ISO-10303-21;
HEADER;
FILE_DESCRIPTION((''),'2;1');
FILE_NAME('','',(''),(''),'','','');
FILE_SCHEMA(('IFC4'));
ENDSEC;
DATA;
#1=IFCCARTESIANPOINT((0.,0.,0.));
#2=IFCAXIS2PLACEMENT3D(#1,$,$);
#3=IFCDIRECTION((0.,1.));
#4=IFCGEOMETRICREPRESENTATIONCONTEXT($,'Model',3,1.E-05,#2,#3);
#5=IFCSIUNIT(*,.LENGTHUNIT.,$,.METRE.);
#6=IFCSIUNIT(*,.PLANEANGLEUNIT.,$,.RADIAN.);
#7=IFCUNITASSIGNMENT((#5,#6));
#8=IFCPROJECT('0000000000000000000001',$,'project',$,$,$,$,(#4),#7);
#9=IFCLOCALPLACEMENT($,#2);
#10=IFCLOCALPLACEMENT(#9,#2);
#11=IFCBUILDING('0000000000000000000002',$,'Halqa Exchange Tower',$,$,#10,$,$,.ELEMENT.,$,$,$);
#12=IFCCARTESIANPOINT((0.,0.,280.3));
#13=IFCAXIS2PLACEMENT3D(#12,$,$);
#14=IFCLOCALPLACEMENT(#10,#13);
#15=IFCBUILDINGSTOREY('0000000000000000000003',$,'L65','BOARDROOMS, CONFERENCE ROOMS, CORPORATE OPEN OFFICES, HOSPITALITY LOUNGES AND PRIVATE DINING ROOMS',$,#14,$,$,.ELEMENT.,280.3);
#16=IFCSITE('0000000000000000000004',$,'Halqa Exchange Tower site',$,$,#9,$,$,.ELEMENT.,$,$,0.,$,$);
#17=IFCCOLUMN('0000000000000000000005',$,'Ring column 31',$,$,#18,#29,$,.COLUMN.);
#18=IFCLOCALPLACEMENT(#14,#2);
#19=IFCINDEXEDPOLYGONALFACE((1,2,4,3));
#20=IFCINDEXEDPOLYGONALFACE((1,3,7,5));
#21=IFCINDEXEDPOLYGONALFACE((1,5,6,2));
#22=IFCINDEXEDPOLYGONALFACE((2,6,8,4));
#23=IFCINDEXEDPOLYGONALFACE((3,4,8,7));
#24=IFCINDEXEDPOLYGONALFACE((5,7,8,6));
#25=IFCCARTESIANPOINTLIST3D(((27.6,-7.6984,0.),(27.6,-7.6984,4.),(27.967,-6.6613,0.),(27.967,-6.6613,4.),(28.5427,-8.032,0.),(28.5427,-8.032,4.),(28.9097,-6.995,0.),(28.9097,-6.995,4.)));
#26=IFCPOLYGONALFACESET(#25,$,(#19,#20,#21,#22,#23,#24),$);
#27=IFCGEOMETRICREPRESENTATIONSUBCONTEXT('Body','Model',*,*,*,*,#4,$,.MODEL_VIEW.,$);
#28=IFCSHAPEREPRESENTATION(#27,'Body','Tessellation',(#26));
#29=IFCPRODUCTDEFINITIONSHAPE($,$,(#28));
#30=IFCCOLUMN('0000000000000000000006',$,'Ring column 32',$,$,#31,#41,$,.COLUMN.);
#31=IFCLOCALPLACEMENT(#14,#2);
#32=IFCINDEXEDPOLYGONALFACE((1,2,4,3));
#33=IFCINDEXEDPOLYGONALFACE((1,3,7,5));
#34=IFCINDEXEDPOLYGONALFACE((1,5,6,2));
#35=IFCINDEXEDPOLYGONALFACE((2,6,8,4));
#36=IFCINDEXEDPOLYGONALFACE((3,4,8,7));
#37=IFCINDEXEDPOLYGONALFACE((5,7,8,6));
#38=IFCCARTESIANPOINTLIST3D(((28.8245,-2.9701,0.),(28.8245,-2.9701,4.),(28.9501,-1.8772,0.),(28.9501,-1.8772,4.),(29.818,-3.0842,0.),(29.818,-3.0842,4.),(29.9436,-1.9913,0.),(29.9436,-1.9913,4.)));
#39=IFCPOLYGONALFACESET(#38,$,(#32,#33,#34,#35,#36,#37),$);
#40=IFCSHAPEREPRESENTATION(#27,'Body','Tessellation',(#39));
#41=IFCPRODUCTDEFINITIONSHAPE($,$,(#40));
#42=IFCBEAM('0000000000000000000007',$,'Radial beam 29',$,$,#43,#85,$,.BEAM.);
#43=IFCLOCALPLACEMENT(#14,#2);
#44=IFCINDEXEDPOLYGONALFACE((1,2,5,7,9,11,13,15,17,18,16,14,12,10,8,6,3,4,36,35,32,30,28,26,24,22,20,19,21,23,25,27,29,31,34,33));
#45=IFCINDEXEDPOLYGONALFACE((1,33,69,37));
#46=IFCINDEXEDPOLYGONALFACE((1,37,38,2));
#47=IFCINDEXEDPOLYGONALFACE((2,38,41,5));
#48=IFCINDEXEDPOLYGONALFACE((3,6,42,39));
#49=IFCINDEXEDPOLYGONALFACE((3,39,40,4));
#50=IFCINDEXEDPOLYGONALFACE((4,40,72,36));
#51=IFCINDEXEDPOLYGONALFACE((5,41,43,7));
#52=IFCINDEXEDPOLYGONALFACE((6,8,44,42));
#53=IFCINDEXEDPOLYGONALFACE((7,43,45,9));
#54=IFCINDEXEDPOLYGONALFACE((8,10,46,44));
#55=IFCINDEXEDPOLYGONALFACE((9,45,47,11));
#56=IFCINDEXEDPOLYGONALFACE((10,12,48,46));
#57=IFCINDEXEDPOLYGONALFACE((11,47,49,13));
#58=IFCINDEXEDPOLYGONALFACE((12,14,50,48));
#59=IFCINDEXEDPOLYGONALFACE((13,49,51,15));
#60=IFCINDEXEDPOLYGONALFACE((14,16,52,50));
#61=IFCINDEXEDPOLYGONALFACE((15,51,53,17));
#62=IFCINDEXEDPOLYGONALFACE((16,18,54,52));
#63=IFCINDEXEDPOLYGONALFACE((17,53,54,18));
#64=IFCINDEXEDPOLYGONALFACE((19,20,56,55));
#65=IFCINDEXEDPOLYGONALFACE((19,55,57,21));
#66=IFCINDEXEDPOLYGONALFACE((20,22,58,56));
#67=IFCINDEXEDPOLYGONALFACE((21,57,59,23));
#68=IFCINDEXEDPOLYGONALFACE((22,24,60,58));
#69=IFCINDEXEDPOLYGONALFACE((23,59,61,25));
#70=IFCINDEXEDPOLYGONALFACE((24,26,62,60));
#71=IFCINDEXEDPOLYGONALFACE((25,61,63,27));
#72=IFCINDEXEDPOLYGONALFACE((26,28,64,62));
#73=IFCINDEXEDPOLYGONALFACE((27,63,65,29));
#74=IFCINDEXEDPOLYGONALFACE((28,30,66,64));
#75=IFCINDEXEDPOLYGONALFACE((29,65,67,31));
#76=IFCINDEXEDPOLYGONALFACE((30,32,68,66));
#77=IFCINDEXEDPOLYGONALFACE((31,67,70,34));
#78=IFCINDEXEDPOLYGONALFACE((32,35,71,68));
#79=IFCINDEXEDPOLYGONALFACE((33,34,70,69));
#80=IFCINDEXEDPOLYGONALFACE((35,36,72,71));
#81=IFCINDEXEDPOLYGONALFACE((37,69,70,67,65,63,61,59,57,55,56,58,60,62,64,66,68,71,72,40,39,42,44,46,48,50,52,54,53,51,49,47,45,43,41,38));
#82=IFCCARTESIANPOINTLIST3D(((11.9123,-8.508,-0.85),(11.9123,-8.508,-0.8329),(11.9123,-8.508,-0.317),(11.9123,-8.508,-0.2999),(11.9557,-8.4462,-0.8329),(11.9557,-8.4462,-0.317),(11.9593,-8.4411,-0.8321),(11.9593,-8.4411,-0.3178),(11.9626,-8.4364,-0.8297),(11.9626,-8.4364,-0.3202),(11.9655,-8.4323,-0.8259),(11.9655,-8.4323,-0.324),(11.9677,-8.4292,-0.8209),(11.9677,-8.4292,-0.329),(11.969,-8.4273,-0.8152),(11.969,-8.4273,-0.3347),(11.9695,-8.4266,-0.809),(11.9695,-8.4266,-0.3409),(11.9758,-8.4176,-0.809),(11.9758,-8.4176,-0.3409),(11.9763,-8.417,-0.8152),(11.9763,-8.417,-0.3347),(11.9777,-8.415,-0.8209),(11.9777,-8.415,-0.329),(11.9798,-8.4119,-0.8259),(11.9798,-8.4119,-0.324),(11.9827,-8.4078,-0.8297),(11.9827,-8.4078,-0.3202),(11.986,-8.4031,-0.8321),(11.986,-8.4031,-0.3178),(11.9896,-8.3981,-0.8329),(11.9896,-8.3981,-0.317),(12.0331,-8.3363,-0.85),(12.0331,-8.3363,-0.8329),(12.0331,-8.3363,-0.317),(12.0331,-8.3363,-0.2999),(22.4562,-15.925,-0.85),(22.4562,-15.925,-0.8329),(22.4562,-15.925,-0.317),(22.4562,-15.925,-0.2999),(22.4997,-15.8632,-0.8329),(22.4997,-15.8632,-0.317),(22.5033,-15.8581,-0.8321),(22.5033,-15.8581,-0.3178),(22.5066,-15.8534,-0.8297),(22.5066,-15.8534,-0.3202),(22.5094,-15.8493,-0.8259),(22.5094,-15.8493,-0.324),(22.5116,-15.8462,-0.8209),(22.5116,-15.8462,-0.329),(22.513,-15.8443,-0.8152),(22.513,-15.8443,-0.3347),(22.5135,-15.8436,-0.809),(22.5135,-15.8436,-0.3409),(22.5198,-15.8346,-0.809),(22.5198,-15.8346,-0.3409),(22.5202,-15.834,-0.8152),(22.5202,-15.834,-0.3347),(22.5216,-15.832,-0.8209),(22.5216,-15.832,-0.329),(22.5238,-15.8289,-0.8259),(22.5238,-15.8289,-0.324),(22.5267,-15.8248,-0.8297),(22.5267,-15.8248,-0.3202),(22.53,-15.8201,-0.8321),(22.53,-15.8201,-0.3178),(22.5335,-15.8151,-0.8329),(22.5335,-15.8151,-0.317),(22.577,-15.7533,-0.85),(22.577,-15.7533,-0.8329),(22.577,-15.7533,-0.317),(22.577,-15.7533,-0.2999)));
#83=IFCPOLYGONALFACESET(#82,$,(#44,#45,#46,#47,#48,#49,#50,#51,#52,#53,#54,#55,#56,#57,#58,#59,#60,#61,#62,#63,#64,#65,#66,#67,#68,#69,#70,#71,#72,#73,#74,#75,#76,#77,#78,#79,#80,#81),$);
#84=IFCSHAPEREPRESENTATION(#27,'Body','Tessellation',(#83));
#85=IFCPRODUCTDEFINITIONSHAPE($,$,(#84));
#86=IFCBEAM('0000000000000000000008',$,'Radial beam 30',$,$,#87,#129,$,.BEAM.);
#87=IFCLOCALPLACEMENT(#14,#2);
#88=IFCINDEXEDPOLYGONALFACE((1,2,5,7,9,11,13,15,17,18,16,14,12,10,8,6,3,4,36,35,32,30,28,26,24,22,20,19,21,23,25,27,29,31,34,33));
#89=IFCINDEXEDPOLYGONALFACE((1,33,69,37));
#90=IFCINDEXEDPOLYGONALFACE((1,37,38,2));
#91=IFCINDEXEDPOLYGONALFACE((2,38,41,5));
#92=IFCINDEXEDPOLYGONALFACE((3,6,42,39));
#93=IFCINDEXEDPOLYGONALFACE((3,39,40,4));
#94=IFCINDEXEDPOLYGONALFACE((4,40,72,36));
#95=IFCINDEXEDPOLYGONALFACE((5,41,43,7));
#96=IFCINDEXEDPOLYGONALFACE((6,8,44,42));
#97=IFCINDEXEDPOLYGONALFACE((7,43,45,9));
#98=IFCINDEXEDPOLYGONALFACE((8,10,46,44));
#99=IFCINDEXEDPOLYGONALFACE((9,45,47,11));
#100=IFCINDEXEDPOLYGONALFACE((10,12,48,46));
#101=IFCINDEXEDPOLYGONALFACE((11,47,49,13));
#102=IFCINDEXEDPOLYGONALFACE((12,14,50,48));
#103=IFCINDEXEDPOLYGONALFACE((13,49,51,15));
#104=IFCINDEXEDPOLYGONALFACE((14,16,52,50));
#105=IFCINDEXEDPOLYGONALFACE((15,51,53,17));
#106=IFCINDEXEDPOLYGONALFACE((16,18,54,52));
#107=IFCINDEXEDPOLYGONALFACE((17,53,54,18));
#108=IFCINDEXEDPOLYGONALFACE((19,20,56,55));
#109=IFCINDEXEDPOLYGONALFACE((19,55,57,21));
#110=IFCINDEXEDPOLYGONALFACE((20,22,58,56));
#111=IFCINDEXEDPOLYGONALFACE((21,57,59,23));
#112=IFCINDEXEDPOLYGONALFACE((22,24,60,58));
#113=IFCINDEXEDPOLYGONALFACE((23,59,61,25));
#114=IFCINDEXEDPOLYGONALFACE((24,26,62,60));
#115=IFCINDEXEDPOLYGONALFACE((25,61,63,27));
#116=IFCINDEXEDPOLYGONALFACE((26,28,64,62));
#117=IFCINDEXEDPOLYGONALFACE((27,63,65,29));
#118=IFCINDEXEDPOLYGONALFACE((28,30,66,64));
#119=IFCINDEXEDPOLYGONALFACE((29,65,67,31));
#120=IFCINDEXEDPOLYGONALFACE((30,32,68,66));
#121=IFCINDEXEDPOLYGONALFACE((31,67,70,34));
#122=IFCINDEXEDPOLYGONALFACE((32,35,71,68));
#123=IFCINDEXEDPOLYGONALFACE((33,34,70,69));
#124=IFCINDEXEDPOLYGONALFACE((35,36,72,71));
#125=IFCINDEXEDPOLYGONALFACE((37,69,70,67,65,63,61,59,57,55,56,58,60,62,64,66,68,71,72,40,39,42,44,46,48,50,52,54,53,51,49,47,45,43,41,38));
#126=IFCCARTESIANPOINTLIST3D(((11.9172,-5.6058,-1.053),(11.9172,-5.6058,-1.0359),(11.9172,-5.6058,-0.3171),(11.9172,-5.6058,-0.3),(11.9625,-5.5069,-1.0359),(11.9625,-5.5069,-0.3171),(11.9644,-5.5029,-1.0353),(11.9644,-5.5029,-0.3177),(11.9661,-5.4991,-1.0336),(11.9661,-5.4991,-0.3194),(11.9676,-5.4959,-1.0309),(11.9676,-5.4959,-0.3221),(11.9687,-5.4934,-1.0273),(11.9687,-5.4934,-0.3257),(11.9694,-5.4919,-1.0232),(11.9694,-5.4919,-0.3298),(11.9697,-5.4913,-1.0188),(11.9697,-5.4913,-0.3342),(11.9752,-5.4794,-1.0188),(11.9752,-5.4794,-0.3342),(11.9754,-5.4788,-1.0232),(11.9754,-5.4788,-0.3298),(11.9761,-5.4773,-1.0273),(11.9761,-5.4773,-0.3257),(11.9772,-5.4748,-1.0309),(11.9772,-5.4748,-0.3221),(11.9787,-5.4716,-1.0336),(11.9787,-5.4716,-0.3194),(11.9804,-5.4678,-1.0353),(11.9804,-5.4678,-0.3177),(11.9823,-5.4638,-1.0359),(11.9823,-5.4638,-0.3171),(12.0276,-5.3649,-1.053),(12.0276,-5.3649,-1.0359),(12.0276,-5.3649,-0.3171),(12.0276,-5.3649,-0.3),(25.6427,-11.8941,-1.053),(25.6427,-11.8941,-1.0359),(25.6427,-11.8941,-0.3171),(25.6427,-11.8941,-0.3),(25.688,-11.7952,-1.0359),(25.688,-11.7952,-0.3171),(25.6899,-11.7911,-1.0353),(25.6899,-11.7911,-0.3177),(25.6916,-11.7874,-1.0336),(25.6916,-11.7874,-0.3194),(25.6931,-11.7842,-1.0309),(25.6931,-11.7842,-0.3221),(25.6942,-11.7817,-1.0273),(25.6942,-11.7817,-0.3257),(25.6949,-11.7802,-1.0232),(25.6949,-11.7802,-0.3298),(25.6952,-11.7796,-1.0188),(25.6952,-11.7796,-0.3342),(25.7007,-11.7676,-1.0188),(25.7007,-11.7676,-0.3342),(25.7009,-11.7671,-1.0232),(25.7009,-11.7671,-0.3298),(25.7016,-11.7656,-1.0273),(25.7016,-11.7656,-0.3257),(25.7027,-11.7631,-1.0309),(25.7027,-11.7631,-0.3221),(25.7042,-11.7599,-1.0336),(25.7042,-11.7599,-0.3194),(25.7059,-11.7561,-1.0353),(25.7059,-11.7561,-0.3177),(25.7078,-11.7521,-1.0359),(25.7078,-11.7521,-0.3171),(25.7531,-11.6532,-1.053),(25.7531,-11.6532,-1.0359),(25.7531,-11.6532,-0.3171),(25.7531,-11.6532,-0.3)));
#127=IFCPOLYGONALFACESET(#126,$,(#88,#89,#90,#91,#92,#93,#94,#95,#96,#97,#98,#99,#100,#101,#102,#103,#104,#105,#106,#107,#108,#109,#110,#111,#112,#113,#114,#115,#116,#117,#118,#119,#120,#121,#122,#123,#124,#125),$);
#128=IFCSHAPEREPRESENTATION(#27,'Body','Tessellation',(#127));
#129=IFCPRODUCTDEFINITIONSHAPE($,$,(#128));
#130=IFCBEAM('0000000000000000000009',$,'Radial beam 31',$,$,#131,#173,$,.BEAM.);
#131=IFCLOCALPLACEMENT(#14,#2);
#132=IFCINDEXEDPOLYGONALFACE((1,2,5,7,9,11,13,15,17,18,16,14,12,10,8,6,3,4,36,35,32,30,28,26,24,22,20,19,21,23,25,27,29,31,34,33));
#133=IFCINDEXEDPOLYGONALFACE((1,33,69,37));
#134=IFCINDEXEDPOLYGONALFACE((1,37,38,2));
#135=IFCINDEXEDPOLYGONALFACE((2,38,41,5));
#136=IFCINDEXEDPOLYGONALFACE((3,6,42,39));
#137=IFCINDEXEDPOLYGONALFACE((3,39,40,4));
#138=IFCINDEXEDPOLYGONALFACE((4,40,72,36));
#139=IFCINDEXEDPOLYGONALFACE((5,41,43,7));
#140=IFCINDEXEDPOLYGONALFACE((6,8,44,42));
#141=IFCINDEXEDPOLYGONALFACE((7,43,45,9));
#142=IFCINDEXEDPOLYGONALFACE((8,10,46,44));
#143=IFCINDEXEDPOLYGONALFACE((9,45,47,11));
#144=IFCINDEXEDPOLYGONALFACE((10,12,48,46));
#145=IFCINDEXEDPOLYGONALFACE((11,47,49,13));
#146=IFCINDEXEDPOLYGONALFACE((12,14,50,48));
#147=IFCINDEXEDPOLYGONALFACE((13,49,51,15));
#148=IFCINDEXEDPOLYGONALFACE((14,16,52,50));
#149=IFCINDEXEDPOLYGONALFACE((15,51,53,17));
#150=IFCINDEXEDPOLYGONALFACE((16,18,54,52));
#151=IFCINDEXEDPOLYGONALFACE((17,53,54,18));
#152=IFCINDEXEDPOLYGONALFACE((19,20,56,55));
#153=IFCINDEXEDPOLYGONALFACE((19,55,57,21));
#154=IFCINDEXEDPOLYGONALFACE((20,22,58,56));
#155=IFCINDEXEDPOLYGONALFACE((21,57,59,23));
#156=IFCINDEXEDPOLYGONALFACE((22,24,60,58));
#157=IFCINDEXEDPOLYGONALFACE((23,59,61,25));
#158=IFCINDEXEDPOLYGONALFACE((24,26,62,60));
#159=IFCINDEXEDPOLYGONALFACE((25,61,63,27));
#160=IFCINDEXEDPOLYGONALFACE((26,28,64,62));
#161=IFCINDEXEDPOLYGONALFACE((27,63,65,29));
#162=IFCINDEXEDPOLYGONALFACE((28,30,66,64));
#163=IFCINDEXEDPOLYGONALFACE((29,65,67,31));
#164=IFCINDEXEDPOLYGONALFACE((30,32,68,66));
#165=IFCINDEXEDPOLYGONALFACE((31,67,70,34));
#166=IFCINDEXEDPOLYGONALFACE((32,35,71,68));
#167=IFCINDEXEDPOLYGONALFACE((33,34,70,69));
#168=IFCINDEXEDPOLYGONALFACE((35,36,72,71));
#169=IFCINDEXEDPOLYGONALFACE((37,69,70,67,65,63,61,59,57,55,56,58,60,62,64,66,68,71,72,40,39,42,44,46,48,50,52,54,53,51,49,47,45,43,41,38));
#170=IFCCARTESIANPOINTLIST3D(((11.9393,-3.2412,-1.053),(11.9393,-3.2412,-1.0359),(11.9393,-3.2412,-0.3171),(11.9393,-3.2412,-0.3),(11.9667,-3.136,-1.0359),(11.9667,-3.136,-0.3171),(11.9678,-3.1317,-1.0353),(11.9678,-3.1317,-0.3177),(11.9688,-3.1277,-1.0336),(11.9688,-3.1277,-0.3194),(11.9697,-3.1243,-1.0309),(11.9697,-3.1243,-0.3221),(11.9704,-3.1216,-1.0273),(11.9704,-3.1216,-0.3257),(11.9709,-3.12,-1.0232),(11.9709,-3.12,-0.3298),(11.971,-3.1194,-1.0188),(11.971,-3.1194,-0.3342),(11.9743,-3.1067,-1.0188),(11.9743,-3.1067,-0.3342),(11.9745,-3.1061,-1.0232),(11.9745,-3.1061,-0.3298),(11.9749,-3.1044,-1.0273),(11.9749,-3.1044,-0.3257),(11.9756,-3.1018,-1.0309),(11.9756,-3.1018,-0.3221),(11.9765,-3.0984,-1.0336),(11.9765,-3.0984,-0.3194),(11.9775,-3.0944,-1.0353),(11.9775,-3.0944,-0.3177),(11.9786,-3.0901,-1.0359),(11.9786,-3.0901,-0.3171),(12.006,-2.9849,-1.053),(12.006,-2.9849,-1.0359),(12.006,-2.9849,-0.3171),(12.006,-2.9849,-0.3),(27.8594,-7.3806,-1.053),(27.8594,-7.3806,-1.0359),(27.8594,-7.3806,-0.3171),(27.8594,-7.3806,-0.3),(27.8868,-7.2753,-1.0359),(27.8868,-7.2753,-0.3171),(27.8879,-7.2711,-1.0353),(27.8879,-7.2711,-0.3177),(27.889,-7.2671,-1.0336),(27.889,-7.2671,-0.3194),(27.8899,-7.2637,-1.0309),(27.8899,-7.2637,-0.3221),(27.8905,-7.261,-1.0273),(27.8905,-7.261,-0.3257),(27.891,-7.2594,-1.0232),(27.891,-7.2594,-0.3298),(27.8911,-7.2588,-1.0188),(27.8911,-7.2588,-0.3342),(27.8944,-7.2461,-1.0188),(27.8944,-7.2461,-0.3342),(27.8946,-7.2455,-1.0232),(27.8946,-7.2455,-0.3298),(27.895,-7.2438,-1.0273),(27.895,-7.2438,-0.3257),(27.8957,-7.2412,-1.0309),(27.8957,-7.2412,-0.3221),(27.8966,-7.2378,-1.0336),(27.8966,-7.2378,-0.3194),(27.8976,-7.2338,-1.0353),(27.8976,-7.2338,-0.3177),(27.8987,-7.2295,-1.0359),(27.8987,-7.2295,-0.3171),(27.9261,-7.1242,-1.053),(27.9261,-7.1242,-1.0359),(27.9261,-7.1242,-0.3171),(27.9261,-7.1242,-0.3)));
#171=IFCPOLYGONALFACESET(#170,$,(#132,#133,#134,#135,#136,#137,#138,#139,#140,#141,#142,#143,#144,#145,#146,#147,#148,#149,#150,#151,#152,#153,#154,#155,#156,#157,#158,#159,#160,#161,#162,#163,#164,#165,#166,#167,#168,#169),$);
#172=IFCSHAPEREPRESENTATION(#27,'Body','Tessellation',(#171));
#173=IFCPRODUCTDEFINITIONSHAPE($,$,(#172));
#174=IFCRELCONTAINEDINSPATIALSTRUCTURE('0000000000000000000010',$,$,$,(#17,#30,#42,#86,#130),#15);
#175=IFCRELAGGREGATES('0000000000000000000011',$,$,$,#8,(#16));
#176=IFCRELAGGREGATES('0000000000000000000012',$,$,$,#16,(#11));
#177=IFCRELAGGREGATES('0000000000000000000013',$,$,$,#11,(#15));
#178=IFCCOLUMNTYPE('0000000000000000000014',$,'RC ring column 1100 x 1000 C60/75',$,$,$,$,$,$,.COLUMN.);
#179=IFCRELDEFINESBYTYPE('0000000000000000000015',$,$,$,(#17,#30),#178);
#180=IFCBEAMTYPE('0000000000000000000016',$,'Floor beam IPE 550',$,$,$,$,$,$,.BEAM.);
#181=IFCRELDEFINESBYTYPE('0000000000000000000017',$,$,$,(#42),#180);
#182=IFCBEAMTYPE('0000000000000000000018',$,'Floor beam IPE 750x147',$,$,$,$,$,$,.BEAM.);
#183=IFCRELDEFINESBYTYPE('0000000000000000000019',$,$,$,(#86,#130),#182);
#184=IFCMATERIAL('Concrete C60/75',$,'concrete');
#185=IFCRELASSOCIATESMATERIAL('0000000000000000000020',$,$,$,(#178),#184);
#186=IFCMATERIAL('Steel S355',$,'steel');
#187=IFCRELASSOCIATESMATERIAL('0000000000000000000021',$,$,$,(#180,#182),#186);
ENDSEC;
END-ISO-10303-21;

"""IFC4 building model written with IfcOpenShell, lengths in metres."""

from ifc_helpers import new_model, si_unit, direction, frame, origin, origin_2d, place, context, subcontext, project, spatial, rectangle, i_section, extrude, material, material_profile, profile_set, type_object, element, save


model = new_model("IFC4")

# Units and contexts
model_context = context("Model", 3, precision=1e-05, world=origin(), true_north=direction((0.0, 1.0)))
body_context = subcontext(model_context, "Body", "Model", "MODEL_VIEW")
ifc_project = project(units=[si_unit("LENGTHUNIT", "METRE"), si_unit("PLANEANGLEUNIT", "RADIAN")], contexts=[model_context])

# Site, building, storey
site_placement = place(None, origin())
site = spatial("IfcSite", under=ifc_project, at=site_placement, Name="Halqa Exchange Tower site", CompositionType="ELEMENT", RefElevation=0.0)
building_placement = place(site_placement, origin())
building = spatial("IfcBuilding", under=site, at=building_placement, Name="Halqa Exchange Tower", CompositionType="ELEMENT")
storey_placement = place(building_placement, frame((0.0, 0.0, 280.3)))
storey = spatial("IfcBuildingStorey", under=building, at=storey_placement, Name="L65", Description="BOARDROOMS, CONFERENCE ROOMS, CORPORATE OPEN OFFICES, HOSPITALITY LOUNGES AND PRIVATE DINING ROOMS", CompositionType="ELEMENT", Elevation=280.3)

# Columns
ifc_material_1 = material(Name="Concrete C60/75", Category="concrete")
ifc_material_profile_1 = material_profile(ifc_material_1, rectangle(XDim=1.1001, YDim=1.0, at=origin_2d()), Name="1100 x 1000")
ifc_profile_set_1 = profile_set([ifc_material_profile_1], Name="Concrete C60/75")
column_type = type_object("IfcColumnType", Name="RC ring column 1100 x 1000 C60/75", PredefinedType="COLUMN", material=ifc_profile_set_1)
for number, where, z_axis, x_axis, name in (
    (1, (28.2549, -7.3467, 0.0), (0.0, 0.0, 1.0), (0.333619, 0.942708, 0.0), "Ring column 31"),
    (2, (29.384, -2.4807, 0.0), (0.0, 0.0, 1.0), (0.114155, 0.993463, 0.0), "Ring column 32"),
):
    element("IfcColumn", number, at=place(storey_placement, frame(where, z_axis=z_axis, x_axis=x_axis)), inside=storey, type_object=column_type, Name=name, PredefinedType="COLUMN", context=body_context, shape_type="SweptSolid", body=[
        extrude(rectangle(XDim=1.1001, YDim=1.0, at=origin_2d()), origin(), (0.0, 0.0, 1.0), 4.0),
    ])

# Beams
ifc_material_2 = material(Name="Steel S355", Category="steel")
ifc_material_profile_2 = material_profile(ifc_material_2, i_section(OverallWidth=0.21, OverallDepth=0.55, WebThickness=0.011, FlangeThickness=0.0171, FilletRadius=0.0239, at=origin_2d()), Name="IPE 550")
ifc_profile_set_2 = profile_set([ifc_material_profile_2], Name="Steel S355")
beam_type_1 = type_object("IfcBeamType", Name="Floor beam IPE 550", PredefinedType="BEAM", material=ifc_profile_set_2)
beam_1_placement = place(storey_placement, frame((11.9727, -8.4221, -0.575), z_axis=(0.817909, -0.575347, 0.0), x_axis=(0.575347, 0.817909, 0.0)))
element("IfcBeam", 3, at=beam_1_placement, inside=storey, type_object=beam_type_1, Name="Radial beam 29", PredefinedType="BEAM", context=body_context, shape_type="SweptSolid", body=[
    extrude(i_section(OverallWidth=0.21, OverallDepth=0.55, WebThickness=0.011, FlangeThickness=0.0171, FilletRadius=0.0239, at=origin_2d()), origin(), (0.0, 0.0, 1.0), 12.8914),
])
ifc_material_profile_3 = material_profile(ifc_material_2, i_section(OverallWidth=0.2649, OverallDepth=0.7529, WebThickness=0.0132, FlangeThickness=0.0171, FilletRadius=0.0171, at=origin_2d()), Name="IPE 750x147")
ifc_profile_set_3 = profile_set([ifc_material_profile_3], Name="Steel S355")
beam_type_2 = type_object("IfcBeamType", Name="Floor beam IPE 750x147", PredefinedType="BEAM", material=ifc_profile_set_3)
beam_2_placement = place(storey_placement, frame((11.9724, -5.4854, -0.6765), z_axis=(0.909129, -0.416514, 0.0), x_axis=(0.416514, 0.909129, 0.0)))
element("IfcBeam", 4, at=beam_2_placement, inside=storey, type_object=beam_type_2, Name="Radial beam 30", PredefinedType="BEAM", context=body_context, shape_type="SweptSolid", body=[
    extrude(i_section(OverallWidth=0.2649, OverallDepth=0.7529, WebThickness=0.0132, FlangeThickness=0.0171, FilletRadius=0.0171, at=origin_2d()), origin(), (0.0, 0.0, 1.0), 15.0974),
])
beam_3_placement = place(storey_placement, frame((11.9727, -3.113, -0.6765), z_axis=(0.96782, -0.251643, 0.0), x_axis=(0.251643, 0.96782, 0.0)))
element("IfcBeam", 5, at=beam_3_placement, inside=storey, type_object=beam_type_2, Name="Radial beam 31", PredefinedType="BEAM", context=body_context, shape_type="SweptSolid", body=[
    extrude(i_section(OverallWidth=0.2649, OverallDepth=0.7529, WebThickness=0.0132, FlangeThickness=0.0171, FilletRadius=0.0171, at=origin_2d()), origin(), (0.0, 0.0, 1.0), 16.4495),
])

save(model, "model.ifc")
